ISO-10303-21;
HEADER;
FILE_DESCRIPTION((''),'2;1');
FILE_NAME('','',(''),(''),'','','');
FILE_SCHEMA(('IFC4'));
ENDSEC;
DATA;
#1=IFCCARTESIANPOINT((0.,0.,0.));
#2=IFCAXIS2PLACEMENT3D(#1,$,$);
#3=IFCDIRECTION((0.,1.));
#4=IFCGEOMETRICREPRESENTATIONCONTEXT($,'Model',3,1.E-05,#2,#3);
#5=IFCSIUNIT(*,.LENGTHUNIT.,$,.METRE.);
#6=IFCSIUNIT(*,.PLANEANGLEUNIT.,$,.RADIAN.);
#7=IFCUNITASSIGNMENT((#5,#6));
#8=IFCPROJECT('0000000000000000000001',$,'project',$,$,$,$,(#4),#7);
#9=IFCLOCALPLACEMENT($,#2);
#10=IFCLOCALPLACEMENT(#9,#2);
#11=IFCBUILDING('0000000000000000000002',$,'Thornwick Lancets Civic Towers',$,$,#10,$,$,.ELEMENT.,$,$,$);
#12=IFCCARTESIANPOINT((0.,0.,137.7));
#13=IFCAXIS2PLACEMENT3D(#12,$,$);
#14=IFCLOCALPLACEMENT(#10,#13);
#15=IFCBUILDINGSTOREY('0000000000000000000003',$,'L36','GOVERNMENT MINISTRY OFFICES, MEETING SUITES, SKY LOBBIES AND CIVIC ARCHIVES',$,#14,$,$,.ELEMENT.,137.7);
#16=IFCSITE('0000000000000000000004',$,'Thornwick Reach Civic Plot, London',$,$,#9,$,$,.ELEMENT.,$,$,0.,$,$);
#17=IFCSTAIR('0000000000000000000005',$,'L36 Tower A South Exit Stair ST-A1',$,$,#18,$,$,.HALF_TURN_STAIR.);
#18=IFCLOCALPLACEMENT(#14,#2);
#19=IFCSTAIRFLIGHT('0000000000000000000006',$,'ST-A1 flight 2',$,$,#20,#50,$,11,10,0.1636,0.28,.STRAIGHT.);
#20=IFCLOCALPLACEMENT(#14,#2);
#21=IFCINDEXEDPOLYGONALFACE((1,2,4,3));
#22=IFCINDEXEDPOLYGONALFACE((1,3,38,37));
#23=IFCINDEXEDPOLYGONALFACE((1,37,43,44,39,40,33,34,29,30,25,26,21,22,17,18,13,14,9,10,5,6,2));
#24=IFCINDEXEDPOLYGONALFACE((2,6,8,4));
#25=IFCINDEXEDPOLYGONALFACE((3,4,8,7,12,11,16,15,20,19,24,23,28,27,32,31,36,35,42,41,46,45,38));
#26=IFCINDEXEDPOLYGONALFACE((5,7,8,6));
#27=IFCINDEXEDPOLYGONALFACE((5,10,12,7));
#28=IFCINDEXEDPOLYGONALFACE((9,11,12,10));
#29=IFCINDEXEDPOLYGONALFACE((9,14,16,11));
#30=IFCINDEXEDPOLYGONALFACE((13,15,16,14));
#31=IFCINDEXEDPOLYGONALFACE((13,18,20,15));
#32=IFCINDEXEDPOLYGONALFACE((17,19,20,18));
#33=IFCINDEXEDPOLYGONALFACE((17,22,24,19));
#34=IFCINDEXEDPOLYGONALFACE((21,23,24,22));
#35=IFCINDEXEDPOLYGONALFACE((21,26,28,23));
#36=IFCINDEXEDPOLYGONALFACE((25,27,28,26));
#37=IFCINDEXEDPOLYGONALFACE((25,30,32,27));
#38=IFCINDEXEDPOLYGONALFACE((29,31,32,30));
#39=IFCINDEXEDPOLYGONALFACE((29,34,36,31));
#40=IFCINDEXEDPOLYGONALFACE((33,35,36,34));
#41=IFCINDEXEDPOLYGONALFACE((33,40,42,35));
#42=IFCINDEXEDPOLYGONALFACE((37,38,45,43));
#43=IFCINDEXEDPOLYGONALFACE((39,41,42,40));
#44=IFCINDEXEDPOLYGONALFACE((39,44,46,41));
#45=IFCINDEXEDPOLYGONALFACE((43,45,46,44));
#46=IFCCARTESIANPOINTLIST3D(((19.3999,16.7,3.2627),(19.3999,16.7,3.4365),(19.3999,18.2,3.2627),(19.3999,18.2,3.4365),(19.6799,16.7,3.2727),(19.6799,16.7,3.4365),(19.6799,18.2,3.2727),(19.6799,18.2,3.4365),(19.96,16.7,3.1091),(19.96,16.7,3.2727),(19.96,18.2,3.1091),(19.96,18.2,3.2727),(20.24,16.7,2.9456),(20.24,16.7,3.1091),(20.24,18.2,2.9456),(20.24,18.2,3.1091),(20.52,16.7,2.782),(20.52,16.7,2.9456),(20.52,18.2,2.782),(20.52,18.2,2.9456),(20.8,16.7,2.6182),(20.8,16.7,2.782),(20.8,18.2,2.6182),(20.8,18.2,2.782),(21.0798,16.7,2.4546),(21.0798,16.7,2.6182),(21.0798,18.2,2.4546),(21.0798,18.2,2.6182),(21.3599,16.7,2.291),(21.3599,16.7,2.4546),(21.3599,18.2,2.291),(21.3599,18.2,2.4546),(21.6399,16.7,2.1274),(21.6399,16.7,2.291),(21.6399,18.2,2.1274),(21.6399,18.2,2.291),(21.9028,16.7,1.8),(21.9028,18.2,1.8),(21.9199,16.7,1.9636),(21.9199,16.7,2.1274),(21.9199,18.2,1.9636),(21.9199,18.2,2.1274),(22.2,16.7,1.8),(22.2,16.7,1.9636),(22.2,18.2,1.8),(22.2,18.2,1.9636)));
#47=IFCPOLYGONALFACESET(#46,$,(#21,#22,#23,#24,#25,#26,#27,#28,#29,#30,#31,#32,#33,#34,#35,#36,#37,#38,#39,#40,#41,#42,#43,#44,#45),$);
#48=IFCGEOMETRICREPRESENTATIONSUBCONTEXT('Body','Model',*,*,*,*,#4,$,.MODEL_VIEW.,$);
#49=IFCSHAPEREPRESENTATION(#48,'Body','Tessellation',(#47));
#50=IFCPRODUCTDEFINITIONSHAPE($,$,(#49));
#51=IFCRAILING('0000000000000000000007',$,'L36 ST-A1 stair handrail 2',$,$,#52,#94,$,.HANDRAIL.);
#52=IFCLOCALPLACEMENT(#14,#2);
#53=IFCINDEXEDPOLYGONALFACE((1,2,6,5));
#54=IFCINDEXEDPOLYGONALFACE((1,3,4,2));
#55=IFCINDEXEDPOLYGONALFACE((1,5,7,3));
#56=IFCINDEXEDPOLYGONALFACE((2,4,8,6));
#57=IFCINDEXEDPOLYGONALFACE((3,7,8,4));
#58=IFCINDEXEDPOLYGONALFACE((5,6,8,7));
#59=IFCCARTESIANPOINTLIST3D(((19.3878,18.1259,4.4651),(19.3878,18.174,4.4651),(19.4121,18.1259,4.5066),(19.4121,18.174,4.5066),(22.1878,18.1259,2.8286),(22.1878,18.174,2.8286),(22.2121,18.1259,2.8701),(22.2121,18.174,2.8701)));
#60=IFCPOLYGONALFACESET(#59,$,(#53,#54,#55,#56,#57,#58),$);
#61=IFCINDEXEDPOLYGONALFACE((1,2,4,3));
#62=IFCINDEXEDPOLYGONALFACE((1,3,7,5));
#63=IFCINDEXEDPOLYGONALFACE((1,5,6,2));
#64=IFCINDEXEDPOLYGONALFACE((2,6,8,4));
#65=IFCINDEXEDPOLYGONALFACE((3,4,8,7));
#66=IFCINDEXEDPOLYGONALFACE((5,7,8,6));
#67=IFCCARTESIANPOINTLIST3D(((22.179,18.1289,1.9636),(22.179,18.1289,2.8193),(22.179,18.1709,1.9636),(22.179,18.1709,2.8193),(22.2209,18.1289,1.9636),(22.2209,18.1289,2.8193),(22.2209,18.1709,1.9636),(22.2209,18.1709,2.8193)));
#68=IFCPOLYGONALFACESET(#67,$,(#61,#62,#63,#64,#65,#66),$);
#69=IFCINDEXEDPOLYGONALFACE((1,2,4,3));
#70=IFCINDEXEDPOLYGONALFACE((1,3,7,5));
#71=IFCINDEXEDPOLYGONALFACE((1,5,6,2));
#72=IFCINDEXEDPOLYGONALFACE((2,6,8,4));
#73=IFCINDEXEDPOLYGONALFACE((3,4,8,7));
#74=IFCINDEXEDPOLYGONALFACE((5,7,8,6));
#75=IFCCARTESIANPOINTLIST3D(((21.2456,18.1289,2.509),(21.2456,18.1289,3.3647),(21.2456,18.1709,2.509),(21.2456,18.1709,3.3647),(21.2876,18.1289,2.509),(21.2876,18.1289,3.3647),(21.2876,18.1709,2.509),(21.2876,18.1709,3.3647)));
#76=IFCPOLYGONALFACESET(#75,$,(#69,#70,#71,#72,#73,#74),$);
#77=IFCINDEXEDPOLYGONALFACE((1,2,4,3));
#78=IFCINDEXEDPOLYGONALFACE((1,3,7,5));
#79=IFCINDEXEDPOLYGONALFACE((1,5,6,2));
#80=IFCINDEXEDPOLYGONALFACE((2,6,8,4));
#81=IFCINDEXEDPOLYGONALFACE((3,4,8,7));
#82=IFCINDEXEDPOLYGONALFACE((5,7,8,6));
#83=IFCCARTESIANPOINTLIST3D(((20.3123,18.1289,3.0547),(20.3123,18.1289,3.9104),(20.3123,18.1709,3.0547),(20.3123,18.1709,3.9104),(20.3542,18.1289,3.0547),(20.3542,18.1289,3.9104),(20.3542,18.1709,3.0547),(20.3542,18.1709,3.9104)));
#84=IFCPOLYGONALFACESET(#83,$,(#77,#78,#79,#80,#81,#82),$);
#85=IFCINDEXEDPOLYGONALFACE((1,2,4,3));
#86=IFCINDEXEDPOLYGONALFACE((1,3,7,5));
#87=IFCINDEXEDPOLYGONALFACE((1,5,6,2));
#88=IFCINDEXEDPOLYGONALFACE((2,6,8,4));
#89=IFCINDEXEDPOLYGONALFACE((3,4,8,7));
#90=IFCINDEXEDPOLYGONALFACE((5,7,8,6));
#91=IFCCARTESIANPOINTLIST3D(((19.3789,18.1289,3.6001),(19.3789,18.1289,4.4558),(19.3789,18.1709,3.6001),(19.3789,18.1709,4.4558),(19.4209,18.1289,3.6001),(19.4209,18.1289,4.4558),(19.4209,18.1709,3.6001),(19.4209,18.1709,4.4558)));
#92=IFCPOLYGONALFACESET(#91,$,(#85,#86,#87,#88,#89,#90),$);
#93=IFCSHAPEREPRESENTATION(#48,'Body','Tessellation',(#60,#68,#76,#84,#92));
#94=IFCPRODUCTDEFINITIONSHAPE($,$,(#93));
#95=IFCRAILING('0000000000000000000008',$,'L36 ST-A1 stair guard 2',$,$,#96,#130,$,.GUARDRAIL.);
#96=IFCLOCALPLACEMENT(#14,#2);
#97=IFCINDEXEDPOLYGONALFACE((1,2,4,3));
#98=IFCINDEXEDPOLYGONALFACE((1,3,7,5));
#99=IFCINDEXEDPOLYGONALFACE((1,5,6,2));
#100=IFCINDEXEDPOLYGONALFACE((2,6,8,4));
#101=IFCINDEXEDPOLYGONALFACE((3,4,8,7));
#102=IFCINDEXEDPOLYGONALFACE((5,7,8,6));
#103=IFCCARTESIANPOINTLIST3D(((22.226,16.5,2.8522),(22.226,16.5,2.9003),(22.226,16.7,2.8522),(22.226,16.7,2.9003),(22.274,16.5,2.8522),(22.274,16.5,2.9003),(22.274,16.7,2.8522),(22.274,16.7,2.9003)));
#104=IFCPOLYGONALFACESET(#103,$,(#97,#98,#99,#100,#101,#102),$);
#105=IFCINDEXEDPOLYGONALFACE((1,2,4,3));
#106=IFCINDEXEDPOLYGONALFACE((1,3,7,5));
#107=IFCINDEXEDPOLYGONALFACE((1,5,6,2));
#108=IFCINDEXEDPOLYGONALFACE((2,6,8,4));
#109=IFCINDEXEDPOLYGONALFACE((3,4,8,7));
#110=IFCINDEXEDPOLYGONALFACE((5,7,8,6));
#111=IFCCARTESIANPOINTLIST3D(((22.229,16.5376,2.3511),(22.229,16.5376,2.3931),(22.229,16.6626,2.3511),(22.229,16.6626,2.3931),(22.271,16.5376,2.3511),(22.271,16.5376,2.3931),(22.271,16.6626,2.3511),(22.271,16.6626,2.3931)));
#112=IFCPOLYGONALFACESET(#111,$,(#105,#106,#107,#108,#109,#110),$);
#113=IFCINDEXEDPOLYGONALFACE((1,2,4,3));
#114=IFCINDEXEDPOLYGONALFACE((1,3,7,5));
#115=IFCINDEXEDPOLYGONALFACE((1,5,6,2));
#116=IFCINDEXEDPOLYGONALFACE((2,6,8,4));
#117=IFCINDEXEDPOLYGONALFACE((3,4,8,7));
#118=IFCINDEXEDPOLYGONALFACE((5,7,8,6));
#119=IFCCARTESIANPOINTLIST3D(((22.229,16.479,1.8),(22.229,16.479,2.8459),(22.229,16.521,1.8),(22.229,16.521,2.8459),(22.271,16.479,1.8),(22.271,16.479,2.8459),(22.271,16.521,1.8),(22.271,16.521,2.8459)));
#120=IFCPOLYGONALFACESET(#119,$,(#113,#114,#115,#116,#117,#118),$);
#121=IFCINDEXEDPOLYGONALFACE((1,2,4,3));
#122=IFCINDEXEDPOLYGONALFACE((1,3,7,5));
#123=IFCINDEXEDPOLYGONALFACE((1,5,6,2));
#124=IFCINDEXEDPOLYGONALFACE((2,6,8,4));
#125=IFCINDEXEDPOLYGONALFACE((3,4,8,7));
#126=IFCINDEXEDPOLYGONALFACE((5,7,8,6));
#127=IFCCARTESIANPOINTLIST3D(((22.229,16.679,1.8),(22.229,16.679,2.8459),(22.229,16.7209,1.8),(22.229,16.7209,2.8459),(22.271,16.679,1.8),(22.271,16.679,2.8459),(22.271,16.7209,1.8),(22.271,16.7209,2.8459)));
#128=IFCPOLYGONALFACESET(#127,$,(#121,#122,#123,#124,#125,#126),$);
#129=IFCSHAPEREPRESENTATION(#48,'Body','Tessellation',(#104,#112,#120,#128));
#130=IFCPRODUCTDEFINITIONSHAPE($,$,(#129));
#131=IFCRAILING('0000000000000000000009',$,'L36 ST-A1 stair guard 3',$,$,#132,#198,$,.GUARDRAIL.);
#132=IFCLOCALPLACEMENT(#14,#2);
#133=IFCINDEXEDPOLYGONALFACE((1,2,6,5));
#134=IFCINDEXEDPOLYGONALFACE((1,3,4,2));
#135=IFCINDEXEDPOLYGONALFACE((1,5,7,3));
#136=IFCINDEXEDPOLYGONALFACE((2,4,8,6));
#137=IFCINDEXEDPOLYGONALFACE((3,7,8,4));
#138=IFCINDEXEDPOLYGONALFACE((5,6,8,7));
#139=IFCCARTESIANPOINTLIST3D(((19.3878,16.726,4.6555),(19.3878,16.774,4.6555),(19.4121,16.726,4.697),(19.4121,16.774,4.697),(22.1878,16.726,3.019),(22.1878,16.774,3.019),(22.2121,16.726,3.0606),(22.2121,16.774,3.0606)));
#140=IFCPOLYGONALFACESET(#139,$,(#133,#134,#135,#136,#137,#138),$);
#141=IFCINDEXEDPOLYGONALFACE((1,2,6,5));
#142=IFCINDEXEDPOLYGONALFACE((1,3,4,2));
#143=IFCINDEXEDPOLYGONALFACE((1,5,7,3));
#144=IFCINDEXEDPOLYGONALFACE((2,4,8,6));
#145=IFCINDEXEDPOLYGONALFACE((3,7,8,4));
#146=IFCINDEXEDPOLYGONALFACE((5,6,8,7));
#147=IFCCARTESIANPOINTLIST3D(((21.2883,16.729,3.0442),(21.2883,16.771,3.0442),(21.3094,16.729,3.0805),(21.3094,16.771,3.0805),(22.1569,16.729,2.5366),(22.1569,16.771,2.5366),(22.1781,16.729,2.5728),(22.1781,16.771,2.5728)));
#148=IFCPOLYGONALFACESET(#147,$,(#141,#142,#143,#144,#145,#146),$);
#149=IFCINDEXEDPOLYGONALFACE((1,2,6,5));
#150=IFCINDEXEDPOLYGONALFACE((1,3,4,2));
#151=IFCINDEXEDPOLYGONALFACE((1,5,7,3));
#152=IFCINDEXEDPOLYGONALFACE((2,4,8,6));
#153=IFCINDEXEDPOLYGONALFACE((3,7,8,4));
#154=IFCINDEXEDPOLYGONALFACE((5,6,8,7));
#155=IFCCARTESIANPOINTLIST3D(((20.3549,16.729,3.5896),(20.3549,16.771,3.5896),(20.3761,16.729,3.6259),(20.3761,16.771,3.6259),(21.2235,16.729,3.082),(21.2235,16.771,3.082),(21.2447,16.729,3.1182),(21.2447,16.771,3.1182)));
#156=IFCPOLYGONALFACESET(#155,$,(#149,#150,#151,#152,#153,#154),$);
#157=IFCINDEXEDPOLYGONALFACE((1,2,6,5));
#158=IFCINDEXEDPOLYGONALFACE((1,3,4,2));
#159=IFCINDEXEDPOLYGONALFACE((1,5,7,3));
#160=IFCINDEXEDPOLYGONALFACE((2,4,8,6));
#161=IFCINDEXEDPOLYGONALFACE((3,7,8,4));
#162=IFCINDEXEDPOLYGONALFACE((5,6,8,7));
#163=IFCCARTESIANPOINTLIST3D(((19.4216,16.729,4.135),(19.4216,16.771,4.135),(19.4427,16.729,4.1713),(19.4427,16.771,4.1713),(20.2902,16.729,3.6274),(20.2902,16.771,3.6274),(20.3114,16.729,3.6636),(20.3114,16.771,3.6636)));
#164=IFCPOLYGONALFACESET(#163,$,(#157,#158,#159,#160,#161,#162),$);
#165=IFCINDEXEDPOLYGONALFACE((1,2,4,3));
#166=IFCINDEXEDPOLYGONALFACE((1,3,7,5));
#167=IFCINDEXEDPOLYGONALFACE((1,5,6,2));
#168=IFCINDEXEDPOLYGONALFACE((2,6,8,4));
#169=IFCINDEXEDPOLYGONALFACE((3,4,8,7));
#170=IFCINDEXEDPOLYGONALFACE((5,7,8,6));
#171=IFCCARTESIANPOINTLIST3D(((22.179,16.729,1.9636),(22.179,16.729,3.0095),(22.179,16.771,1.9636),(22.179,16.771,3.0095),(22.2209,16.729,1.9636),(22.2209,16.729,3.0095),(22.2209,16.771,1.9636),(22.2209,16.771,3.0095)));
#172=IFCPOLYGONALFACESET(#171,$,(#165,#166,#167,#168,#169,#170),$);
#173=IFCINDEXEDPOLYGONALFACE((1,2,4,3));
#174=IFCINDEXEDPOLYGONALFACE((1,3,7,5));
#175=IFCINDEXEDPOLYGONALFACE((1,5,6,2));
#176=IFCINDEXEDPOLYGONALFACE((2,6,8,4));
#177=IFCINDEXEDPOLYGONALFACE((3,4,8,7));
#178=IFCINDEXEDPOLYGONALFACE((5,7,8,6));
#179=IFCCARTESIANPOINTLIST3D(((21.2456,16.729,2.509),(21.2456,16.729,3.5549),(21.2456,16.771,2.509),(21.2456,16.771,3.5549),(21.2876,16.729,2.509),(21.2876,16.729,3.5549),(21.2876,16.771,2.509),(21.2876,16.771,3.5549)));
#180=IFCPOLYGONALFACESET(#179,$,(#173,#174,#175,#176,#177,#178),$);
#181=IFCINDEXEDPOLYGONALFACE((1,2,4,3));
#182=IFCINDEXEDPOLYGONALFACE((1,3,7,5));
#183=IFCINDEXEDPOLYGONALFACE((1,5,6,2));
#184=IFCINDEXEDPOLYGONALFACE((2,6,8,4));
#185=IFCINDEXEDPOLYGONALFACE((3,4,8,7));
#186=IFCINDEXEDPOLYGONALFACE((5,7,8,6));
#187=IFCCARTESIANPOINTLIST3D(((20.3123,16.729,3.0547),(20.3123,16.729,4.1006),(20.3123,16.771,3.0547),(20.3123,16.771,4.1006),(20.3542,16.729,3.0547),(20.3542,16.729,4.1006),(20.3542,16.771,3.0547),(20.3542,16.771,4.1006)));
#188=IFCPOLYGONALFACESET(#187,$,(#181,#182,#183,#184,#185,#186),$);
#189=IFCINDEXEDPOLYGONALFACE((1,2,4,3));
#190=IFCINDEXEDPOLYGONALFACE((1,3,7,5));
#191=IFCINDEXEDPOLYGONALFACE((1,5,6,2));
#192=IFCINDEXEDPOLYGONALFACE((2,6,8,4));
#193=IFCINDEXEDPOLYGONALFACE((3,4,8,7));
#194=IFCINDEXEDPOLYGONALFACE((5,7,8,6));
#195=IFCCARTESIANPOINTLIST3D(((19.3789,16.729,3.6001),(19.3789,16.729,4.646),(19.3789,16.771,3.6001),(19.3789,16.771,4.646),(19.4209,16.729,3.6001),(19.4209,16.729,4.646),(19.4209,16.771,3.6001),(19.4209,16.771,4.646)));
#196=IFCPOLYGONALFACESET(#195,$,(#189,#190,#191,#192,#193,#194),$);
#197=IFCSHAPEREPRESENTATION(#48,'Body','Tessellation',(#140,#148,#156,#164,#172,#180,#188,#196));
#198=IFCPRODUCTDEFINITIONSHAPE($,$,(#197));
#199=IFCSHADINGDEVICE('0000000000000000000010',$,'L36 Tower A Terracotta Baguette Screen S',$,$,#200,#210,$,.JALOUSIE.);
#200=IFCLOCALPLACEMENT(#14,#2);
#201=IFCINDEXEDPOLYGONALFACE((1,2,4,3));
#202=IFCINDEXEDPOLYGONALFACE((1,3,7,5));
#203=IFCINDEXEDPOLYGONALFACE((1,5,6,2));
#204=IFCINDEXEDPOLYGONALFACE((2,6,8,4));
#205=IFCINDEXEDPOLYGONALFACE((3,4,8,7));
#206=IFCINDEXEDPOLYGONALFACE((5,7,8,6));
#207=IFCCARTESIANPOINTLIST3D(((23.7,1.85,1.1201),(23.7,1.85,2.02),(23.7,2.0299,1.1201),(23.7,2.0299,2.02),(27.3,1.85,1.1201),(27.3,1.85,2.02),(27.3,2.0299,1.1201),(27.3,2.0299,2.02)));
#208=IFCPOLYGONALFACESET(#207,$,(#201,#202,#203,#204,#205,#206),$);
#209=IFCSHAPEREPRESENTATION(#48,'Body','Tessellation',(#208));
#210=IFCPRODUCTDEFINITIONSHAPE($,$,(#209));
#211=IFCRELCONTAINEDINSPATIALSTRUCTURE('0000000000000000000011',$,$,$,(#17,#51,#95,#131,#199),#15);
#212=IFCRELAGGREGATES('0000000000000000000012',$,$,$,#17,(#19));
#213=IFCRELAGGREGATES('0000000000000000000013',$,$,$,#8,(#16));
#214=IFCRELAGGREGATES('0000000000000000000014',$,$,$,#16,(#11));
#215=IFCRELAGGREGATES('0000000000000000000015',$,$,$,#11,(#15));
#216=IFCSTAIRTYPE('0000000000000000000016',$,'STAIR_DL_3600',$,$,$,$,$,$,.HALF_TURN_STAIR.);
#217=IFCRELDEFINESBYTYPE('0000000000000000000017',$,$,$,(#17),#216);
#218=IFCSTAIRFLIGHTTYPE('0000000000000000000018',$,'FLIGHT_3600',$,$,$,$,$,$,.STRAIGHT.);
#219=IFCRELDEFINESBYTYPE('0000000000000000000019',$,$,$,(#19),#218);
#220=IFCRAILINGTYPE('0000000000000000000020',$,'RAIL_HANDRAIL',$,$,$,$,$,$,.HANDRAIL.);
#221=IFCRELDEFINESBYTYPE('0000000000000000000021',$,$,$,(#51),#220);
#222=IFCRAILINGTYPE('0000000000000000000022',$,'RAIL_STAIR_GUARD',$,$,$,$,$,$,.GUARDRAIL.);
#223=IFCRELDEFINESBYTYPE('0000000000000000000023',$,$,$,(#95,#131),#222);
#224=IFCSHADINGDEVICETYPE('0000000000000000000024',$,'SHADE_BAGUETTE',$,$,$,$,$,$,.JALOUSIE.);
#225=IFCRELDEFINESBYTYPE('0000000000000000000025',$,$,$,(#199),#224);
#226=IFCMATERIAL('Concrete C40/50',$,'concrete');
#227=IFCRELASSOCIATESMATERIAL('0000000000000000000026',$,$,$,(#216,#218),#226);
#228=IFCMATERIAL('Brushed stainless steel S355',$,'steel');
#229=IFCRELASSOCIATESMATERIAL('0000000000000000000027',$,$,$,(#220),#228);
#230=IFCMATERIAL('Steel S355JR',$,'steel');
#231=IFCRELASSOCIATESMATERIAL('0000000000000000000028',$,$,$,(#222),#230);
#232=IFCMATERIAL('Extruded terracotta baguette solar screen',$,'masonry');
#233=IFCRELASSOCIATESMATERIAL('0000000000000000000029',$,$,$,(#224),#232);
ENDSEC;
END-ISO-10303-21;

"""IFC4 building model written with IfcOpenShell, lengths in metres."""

from ifc_helpers import new_model, si_unit, direction, frame, origin, origin_2d, place, context, subcontext, project, spatial, polyline, rectangle, outline, extrude, material, type_object, element, aggregate, save


model = new_model("IFC4")

# Units and contexts
model_context = context("Model", 3, precision=1e-05, world=origin(), true_north=direction((0.0, 1.0)))
body_context = subcontext(model_context, "Body", "Model", "MODEL_VIEW")
ifc_project = project(units=[si_unit("LENGTHUNIT", "METRE"), si_unit("PLANEANGLEUNIT", "RADIAN")], contexts=[model_context])

# Site, building, storey
site_placement = place(None, origin())
site = spatial("IfcSite", under=ifc_project, at=site_placement, Name="Thornwick Reach Civic Plot, London", CompositionType="ELEMENT", RefElevation=0.0)
building_placement = place(site_placement, origin())
building = spatial("IfcBuilding", under=site, at=building_placement, Name="Thornwick Lancets Civic Towers", CompositionType="ELEMENT")
storey_placement = place(building_placement, frame((0.0, 0.0, 137.7)))
storey = spatial("IfcBuildingStorey", under=building, at=storey_placement, Name="L36", Description="GOVERNMENT MINISTRY OFFICES, MEETING SUITES, SKY LOBBIES AND CIVIC ARCHIVES", CompositionType="ELEMENT", Elevation=137.7)

# Shared definitions
ifc_material_1 = material(Name="Steel S355JR", Category="steel")
ifc_material_2 = material(Name="Concrete C40/50", Category="concrete")

# Stair, stair flight
stair_type = type_object("IfcStairType", Name="STAIR_DL_3600", PredefinedType="HALF_TURN_STAIR", material=ifc_material_2)
stair_placement = place(storey_placement, origin())
stair = element("IfcStair", 1, at=stair_placement, inside=storey, type_object=stair_type, Name="L36 Tower A South Exit Stair ST-A1", PredefinedType="HALF_TURN_STAIR")
stair_flight_type = type_object("IfcStairFlightType", Name="FLIGHT_3600", PredefinedType="STRAIGHT", material=ifc_material_2)
stair_flight_placement = place(storey_placement, frame((22.2, 17.45, 1.8), z_axis=(0.0, 0.0, 1.0), x_axis=(-1.0, 0.0, 0.0)))
stair_flight = element("IfcStairFlight", 2, at=stair_flight_placement, type_object=stair_flight_type, Name="ST-A1 flight 2", NumberOfRisers=11, NumberOfTreads=10, PredefinedType="STRAIGHT", RiserHeight=0.1636, TreadLength=0.28, context=body_context, shape_type="SweptSolid", body=[
    extrude(outline(polyline([(0.0, 0.0), (0.0, 0.1636), (0.28, 0.1636), (0.28, 0.3274), (0.5601, 0.3274), (0.5601, 0.491), (0.8401, 0.491), (0.8401, 0.6545), (1.1201, 0.6545), (1.1201, 0.8181), (1.3999, 0.8181), (1.3999, 0.9819), (1.6799, 0.9819), (1.6799, 1.1455), (1.96, 1.1455), (1.96, 1.3091), (2.24, 1.3091), (2.24, 1.4727), (2.52, 1.4727), (2.52, 1.6365), (2.8, 1.6365), (2.8, 1.8), (2.8, 1.4626), (0.2971, 0.0), (0.0, 0.0)])), frame((0.0, 0.75, 0.0), z_axis=(0.0, -1.0, 0.0), x_axis=(1.0, 0.0, 0.0)), (0.0, 0.0, 1.0), 1.5),
])
aggregate(stair, [stair_flight])

# Railings
ifc_material_3 = material(Name="Brushed stainless steel S355", Category="steel")
railing_type_1 = type_object("IfcRailingType", Name="RAIL_HANDRAIL", PredefinedType="HANDRAIL", material=ifc_material_3)
railing_1_placement = place(storey_placement, frame((22.2, 18.1499, 1.9636)))
element("IfcRailing", 3, at=railing_1_placement, inside=storey, type_object=railing_type_1, Name="L36 ST-A1 stair handrail 2", PredefinedType="HANDRAIL", context=body_context, shape_type="SweptSolid", body=[
    extrude(rectangle(XDim=0.0481, YDim=0.0481, at=origin_2d()), frame((0.0, 0.0, 0.8857), z_axis=(-0.863361, 0.0, 0.504587), x_axis=(0.0, -1.0, 0.0)), (0.0, 0.0, 1.0), 3.2432),
    extrude(rectangle(XDim=0.042, YDim=0.042, at=origin_2d()), origin(), (0.0, 0.0, 1.0), 0.8557),
    extrude(rectangle(XDim=0.042, YDim=0.042, at=origin_2d()), frame((-0.9333, 0.0, 0.5454)), (0.0, 0.0, 1.0), 0.8557),
    extrude(rectangle(XDim=0.042, YDim=0.042, at=origin_2d()), frame((-1.8667, 0.0, 1.0911)), (0.0, 0.0, 1.0), 0.8557),
    extrude(rectangle(XDim=0.042, YDim=0.042, at=origin_2d()), frame((-2.8, 0.0, 1.6365)), (0.0, 0.0, 1.0), 0.8557),
])
railing_type_2 = type_object("IfcRailingType", Name="RAIL_STAIR_GUARD", PredefinedType="GUARDRAIL", material=ifc_material_1)
railing_2_placement = place(storey_placement, frame((22.25, 16.5, 1.8)))
element("IfcRailing", 4, at=railing_2_placement, inside=storey, type_object=railing_type_2, Name="L36 ST-A1 stair guard 2", PredefinedType="GUARDRAIL", context=body_context, shape_type="SweptSolid", body=[
    extrude(rectangle(XDim=0.0481, YDim=0.0481, at=origin_2d()), frame((0.0, 0.0, 1.0762), z_axis=(0.0, 1.0, 0.0), x_axis=(-1.0, 0.0, 0.0)), (0.0, 0.0, 1.0), 0.2),
    extrude(rectangle(XDim=0.042, YDim=0.042, at=origin_2d()), frame((0.0, 0.0376, 0.572), z_axis=(0.0, 1.0, 0.0), x_axis=(-1.0, 0.0, 0.0)), (0.0, 0.0, 1.0), 0.125),
    extrude(rectangle(XDim=0.042, YDim=0.042, at=origin_2d()), origin(), (0.0, 0.0, 1.0), 1.0459),
    extrude(rectangle(XDim=0.042, YDim=0.042, at=origin_2d()), frame((0.0, 0.2, 0.0)), (0.0, 0.0, 1.0), 1.0459),
])
railing_3_placement = place(storey_placement, frame((22.2, 16.75, 1.9636)))
element("IfcRailing", 5, at=railing_3_placement, inside=storey, type_object=railing_type_2, Name="L36 ST-A1 stair guard 3", PredefinedType="GUARDRAIL", context=body_context, shape_type="SweptSolid", body=[
    extrude(rectangle(XDim=0.0481, YDim=0.0481, at=origin_2d()), frame((0.0, 0.0, 1.0762), z_axis=(-0.863361, 0.0, 0.504587), x_axis=(0.0, -1.0, 0.0)), (0.0, 0.0, 1.0), 3.2432),
    extrude(rectangle(XDim=0.042, YDim=0.042, at=origin_2d()), frame((-0.0325, 0.0, 0.5911), z_axis=(-0.863361, 0.0, 0.504587), x_axis=(0.0, -1.0, 0.0)), (0.0, 0.0, 1.0), 1.0061),
    extrude(rectangle(XDim=0.042, YDim=0.042, at=origin_2d()), frame((-0.9658, 0.0, 1.1365), z_axis=(-0.863361, 0.0, 0.504587), x_axis=(0.0, -1.0, 0.0)), (0.0, 0.0, 1.0), 1.0061),
    extrude(rectangle(XDim=0.042, YDim=0.042, at=origin_2d()), frame((-1.8992, 0.0, 1.6819), z_axis=(-0.863361, 0.0, 0.504587), x_axis=(0.0, -1.0, 0.0)), (0.0, 0.0, 1.0), 1.0061),
    extrude(rectangle(XDim=0.042, YDim=0.042, at=origin_2d()), origin(), (0.0, 0.0, 1.0), 1.0459),
    extrude(rectangle(XDim=0.042, YDim=0.042, at=origin_2d()), frame((-0.9333, 0.0, 0.5454)), (0.0, 0.0, 1.0), 1.0459),
    extrude(rectangle(XDim=0.042, YDim=0.042, at=origin_2d()), frame((-1.8667, 0.0, 1.0911)), (0.0, 0.0, 1.0), 1.0459),
    extrude(rectangle(XDim=0.042, YDim=0.042, at=origin_2d()), frame((-2.8, 0.0, 1.6365)), (0.0, 0.0, 1.0), 1.0459),
])

# Shading device
ifc_material_4 = material(Name="Extruded terracotta baguette solar screen", Category="masonry")
shading_device_type = type_object("IfcShadingDeviceType", Name="SHADE_BAGUETTE", PredefinedType="JALOUSIE", material=ifc_material_4)
shading_device_placement = place(storey_placement, frame((25.5, 1.9399, 1.1201), z_axis=(0.0, 0.0, 1.0), x_axis=(1.0, 0.0, 0.0)))
element("IfcShadingDevice", 6, at=shading_device_placement, inside=storey, type_object=shading_device_type, Name="L36 Tower A Terracotta Baguette Screen S", PredefinedType="JALOUSIE", context=body_context, shape_type="SweptSolid", body=[
    extrude(rectangle(XDim=3.6001, YDim=0.1799, at=origin_2d()), origin(), (0.0, 0.0, 1.0), 0.8999),
])

save(model, "model.ifc")
